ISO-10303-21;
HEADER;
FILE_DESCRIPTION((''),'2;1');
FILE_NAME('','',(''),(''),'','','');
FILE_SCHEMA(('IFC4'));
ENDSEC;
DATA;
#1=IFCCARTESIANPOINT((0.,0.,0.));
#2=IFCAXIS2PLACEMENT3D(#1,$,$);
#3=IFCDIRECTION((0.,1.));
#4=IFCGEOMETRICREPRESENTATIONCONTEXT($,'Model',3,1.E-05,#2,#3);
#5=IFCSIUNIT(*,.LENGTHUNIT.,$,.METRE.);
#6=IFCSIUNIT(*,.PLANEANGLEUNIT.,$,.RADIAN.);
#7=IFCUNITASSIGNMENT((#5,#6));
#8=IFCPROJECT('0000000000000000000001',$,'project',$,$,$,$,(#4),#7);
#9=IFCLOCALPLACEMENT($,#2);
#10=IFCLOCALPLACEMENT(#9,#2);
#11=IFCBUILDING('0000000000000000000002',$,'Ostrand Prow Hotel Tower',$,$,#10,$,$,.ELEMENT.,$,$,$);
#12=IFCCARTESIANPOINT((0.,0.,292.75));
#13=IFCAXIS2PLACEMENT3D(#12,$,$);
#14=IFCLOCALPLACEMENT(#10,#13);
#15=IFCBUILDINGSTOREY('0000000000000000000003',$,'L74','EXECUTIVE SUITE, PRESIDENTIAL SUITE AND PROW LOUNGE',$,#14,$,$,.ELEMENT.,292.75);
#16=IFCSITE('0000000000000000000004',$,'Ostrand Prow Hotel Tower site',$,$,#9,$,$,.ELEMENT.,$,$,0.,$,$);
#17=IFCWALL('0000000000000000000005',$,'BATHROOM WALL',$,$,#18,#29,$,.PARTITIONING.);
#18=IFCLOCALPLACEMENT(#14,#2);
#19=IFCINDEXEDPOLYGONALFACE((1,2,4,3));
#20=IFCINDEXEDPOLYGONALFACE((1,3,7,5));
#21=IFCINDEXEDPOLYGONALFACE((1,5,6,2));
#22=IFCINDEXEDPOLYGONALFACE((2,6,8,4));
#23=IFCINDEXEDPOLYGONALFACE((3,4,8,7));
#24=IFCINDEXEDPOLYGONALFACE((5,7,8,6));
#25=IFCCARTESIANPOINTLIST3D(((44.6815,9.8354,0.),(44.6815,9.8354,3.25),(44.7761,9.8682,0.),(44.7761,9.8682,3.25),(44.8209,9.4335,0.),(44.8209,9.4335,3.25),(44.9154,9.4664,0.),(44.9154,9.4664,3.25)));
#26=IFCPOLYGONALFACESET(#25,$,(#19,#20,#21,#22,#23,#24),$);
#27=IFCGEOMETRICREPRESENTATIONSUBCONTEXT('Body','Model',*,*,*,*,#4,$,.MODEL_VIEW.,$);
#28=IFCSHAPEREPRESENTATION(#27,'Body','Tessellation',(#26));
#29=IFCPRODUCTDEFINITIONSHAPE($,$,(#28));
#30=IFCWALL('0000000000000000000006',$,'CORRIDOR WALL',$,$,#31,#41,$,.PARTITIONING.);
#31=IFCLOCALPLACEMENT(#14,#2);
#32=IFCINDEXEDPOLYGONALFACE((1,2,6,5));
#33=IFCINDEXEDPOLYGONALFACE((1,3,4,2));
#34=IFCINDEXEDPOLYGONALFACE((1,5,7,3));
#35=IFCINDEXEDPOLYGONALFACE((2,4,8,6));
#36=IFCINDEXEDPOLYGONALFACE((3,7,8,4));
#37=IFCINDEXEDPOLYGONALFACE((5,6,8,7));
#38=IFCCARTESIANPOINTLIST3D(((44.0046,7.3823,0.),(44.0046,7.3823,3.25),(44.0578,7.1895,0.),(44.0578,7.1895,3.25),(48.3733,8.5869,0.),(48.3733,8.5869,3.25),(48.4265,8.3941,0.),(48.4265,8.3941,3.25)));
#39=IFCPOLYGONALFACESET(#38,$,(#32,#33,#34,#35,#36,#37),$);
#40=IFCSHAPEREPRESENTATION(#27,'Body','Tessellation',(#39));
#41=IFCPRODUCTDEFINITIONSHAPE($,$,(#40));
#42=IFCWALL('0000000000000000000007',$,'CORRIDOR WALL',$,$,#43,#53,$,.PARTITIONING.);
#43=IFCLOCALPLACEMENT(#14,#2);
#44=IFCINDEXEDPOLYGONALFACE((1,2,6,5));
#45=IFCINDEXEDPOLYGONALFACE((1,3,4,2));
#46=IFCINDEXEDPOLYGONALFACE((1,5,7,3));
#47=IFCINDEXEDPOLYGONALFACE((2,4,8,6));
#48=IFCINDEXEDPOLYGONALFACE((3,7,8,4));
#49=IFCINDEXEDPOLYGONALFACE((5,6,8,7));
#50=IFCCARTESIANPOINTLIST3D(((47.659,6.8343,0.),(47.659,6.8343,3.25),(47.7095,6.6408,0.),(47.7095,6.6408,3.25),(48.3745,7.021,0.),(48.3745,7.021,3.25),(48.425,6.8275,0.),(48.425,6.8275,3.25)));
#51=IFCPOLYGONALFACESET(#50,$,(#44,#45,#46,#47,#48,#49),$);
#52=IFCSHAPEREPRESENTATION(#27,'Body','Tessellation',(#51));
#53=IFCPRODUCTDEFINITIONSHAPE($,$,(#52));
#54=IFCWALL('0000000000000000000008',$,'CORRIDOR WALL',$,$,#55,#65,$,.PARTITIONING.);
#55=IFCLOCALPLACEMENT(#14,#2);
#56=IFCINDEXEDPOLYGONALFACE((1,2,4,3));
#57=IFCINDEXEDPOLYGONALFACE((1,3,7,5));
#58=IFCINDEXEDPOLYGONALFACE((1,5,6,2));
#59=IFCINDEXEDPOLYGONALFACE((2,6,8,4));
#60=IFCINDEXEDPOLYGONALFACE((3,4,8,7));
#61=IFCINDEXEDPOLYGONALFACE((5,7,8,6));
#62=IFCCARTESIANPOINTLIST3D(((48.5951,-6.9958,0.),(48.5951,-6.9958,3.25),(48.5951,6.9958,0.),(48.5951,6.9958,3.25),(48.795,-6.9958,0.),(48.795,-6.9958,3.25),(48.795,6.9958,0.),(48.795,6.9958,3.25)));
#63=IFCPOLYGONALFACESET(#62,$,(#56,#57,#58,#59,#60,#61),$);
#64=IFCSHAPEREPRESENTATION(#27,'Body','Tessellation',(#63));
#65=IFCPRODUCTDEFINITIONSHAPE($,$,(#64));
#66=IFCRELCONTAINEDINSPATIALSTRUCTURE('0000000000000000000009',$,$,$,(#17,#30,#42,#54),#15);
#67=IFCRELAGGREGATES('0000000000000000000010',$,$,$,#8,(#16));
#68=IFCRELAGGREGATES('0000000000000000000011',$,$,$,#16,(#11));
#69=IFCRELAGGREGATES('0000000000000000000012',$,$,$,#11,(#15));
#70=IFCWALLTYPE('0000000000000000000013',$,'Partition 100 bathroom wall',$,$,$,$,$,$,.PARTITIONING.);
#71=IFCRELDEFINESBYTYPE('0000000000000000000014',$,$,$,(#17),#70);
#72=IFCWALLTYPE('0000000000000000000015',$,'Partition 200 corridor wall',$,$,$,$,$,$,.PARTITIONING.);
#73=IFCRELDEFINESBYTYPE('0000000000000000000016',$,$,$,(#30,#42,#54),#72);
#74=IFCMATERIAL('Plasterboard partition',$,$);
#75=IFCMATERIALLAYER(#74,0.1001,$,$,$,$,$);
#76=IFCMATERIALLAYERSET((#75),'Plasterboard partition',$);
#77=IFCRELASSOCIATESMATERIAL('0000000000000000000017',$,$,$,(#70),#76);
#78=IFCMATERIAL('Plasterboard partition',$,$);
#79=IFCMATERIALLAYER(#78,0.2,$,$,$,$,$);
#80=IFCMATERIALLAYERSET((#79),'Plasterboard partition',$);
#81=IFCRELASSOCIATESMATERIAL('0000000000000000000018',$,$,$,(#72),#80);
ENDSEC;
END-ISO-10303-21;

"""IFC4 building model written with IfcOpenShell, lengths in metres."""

from ifc_helpers import new_model, si_unit, direction, frame, frame_2d, origin, place, context, subcontext, project, spatial, rectangle, extrude, material, layer, layer_set, type_object, element, save


model = new_model("IFC4")

# Units and contexts
model_context = context("Model", 3, precision=1e-05, world=origin(), true_north=direction((0.0, 1.0)))
body_context = subcontext(model_context, "Body", "Model", "MODEL_VIEW")
ifc_project = project(units=[si_unit("LENGTHUNIT", "METRE"), si_unit("PLANEANGLEUNIT", "RADIAN")], contexts=[model_context])

# Site, building, storey
site_placement = place(None, origin())
site = spatial("IfcSite", under=ifc_project, at=site_placement, Name="Ostrand Prow Hotel Tower site", CompositionType="ELEMENT", RefElevation=0.0)
building_placement = place(site_placement, origin())
building = spatial("IfcBuilding", under=site, at=building_placement, Name="Ostrand Prow Hotel Tower", CompositionType="ELEMENT")
storey_placement = place(building_placement, frame((0.0, 0.0, 292.75)))
storey = spatial("IfcBuildingStorey", under=building, at=storey_placement, Name="L74", Description="EXECUTIVE SUITE, PRESIDENTIAL SUITE AND PROW LOUNGE", CompositionType="ELEMENT", Elevation=292.75)

# Walls
ifc_material_1 = material(Name="Plasterboard partition")
ifc_layer_1 = layer(ifc_material_1, 0.1001)
ifc_layer_set_1 = layer_set([ifc_layer_1], Name="Plasterboard partition")
wall_type_1 = type_object("IfcWallType", Name="Partition 100 bathroom wall", PredefinedType="PARTITIONING", material=ifc_layer_set_1)
wall_1_placement = place(storey_placement, frame((44.8682, 9.45, 0.0), z_axis=(0.0, 0.0, 1.0), x_axis=(-0.327741, 0.944767, 0.0)))
element("IfcWall", 1, at=wall_1_placement, inside=storey, type_object=wall_type_1, Name="BATHROOM WALL", PredefinedType="PARTITIONING", context=body_context, shape_type="SweptSolid", body=[
    extrude(rectangle(XDim=0.4253, YDim=0.1001, at=frame_2d((0.2126, 0.0))), origin(), (0.0, 0.0, 1.0), 3.25),
])
ifc_material_2 = material(Name="Plasterboard partition")
ifc_layer_2 = layer(ifc_material_2, 0.2)
ifc_layer_set_2 = layer_set([ifc_layer_2], Name="Plasterboard partition")
wall_type_2 = type_object("IfcWallType", Name="Partition 200 corridor wall", PredefinedType="PARTITIONING", material=ifc_layer_set_2)
wall_2_placement = place(storey_placement, frame((48.3999, 8.4905, 0.0), z_axis=(0.0, 0.0, 1.0), x_axis=(-0.964024, -0.265815, 0.0)))
element("IfcWall", 2, at=wall_2_placement, inside=storey, type_object=wall_type_2, Name="CORRIDOR WALL", PredefinedType="PARTITIONING", context=body_context, shape_type="SweptSolid", body=[
    extrude(rectangle(XDim=4.5317, YDim=0.2, at=frame_2d((2.2659, 0.0))), origin(), (0.0, 0.0, 1.0), 3.25),
])
wall_3_placement = place(storey_placement, frame((47.6843, 6.7375, 0.0), z_axis=(0.0, 0.0, 1.0), x_axis=(0.967586, 0.252543, 0.0)))
element("IfcWall", 3, at=wall_3_placement, inside=storey, type_object=wall_type_2, Name="CORRIDOR WALL", PredefinedType="PARTITIONING", context=body_context, shape_type="SweptSolid", body=[
    extrude(rectangle(XDim=0.7395, YDim=0.2, at=frame_2d((0.3696, 0.0))), origin(), (0.0, 0.0, 1.0), 3.25),
])
wall_4_placement = place(storey_placement, frame((48.6951, 6.9958, 0.0), z_axis=(0.0, 0.0, 1.0), x_axis=(0.0, -1.0, 0.0)))
element("IfcWall", 4, at=wall_4_placement, inside=storey, type_object=wall_type_2, Name="CORRIDOR WALL", PredefinedType="PARTITIONING", context=body_context, shape_type="SweptSolid", body=[
    extrude(rectangle(XDim=13.9917, YDim=0.2, at=frame_2d((6.9958, 0.0))), origin(), (0.0, 0.0, 1.0), 3.25),
])

save(model, "model.ifc")
